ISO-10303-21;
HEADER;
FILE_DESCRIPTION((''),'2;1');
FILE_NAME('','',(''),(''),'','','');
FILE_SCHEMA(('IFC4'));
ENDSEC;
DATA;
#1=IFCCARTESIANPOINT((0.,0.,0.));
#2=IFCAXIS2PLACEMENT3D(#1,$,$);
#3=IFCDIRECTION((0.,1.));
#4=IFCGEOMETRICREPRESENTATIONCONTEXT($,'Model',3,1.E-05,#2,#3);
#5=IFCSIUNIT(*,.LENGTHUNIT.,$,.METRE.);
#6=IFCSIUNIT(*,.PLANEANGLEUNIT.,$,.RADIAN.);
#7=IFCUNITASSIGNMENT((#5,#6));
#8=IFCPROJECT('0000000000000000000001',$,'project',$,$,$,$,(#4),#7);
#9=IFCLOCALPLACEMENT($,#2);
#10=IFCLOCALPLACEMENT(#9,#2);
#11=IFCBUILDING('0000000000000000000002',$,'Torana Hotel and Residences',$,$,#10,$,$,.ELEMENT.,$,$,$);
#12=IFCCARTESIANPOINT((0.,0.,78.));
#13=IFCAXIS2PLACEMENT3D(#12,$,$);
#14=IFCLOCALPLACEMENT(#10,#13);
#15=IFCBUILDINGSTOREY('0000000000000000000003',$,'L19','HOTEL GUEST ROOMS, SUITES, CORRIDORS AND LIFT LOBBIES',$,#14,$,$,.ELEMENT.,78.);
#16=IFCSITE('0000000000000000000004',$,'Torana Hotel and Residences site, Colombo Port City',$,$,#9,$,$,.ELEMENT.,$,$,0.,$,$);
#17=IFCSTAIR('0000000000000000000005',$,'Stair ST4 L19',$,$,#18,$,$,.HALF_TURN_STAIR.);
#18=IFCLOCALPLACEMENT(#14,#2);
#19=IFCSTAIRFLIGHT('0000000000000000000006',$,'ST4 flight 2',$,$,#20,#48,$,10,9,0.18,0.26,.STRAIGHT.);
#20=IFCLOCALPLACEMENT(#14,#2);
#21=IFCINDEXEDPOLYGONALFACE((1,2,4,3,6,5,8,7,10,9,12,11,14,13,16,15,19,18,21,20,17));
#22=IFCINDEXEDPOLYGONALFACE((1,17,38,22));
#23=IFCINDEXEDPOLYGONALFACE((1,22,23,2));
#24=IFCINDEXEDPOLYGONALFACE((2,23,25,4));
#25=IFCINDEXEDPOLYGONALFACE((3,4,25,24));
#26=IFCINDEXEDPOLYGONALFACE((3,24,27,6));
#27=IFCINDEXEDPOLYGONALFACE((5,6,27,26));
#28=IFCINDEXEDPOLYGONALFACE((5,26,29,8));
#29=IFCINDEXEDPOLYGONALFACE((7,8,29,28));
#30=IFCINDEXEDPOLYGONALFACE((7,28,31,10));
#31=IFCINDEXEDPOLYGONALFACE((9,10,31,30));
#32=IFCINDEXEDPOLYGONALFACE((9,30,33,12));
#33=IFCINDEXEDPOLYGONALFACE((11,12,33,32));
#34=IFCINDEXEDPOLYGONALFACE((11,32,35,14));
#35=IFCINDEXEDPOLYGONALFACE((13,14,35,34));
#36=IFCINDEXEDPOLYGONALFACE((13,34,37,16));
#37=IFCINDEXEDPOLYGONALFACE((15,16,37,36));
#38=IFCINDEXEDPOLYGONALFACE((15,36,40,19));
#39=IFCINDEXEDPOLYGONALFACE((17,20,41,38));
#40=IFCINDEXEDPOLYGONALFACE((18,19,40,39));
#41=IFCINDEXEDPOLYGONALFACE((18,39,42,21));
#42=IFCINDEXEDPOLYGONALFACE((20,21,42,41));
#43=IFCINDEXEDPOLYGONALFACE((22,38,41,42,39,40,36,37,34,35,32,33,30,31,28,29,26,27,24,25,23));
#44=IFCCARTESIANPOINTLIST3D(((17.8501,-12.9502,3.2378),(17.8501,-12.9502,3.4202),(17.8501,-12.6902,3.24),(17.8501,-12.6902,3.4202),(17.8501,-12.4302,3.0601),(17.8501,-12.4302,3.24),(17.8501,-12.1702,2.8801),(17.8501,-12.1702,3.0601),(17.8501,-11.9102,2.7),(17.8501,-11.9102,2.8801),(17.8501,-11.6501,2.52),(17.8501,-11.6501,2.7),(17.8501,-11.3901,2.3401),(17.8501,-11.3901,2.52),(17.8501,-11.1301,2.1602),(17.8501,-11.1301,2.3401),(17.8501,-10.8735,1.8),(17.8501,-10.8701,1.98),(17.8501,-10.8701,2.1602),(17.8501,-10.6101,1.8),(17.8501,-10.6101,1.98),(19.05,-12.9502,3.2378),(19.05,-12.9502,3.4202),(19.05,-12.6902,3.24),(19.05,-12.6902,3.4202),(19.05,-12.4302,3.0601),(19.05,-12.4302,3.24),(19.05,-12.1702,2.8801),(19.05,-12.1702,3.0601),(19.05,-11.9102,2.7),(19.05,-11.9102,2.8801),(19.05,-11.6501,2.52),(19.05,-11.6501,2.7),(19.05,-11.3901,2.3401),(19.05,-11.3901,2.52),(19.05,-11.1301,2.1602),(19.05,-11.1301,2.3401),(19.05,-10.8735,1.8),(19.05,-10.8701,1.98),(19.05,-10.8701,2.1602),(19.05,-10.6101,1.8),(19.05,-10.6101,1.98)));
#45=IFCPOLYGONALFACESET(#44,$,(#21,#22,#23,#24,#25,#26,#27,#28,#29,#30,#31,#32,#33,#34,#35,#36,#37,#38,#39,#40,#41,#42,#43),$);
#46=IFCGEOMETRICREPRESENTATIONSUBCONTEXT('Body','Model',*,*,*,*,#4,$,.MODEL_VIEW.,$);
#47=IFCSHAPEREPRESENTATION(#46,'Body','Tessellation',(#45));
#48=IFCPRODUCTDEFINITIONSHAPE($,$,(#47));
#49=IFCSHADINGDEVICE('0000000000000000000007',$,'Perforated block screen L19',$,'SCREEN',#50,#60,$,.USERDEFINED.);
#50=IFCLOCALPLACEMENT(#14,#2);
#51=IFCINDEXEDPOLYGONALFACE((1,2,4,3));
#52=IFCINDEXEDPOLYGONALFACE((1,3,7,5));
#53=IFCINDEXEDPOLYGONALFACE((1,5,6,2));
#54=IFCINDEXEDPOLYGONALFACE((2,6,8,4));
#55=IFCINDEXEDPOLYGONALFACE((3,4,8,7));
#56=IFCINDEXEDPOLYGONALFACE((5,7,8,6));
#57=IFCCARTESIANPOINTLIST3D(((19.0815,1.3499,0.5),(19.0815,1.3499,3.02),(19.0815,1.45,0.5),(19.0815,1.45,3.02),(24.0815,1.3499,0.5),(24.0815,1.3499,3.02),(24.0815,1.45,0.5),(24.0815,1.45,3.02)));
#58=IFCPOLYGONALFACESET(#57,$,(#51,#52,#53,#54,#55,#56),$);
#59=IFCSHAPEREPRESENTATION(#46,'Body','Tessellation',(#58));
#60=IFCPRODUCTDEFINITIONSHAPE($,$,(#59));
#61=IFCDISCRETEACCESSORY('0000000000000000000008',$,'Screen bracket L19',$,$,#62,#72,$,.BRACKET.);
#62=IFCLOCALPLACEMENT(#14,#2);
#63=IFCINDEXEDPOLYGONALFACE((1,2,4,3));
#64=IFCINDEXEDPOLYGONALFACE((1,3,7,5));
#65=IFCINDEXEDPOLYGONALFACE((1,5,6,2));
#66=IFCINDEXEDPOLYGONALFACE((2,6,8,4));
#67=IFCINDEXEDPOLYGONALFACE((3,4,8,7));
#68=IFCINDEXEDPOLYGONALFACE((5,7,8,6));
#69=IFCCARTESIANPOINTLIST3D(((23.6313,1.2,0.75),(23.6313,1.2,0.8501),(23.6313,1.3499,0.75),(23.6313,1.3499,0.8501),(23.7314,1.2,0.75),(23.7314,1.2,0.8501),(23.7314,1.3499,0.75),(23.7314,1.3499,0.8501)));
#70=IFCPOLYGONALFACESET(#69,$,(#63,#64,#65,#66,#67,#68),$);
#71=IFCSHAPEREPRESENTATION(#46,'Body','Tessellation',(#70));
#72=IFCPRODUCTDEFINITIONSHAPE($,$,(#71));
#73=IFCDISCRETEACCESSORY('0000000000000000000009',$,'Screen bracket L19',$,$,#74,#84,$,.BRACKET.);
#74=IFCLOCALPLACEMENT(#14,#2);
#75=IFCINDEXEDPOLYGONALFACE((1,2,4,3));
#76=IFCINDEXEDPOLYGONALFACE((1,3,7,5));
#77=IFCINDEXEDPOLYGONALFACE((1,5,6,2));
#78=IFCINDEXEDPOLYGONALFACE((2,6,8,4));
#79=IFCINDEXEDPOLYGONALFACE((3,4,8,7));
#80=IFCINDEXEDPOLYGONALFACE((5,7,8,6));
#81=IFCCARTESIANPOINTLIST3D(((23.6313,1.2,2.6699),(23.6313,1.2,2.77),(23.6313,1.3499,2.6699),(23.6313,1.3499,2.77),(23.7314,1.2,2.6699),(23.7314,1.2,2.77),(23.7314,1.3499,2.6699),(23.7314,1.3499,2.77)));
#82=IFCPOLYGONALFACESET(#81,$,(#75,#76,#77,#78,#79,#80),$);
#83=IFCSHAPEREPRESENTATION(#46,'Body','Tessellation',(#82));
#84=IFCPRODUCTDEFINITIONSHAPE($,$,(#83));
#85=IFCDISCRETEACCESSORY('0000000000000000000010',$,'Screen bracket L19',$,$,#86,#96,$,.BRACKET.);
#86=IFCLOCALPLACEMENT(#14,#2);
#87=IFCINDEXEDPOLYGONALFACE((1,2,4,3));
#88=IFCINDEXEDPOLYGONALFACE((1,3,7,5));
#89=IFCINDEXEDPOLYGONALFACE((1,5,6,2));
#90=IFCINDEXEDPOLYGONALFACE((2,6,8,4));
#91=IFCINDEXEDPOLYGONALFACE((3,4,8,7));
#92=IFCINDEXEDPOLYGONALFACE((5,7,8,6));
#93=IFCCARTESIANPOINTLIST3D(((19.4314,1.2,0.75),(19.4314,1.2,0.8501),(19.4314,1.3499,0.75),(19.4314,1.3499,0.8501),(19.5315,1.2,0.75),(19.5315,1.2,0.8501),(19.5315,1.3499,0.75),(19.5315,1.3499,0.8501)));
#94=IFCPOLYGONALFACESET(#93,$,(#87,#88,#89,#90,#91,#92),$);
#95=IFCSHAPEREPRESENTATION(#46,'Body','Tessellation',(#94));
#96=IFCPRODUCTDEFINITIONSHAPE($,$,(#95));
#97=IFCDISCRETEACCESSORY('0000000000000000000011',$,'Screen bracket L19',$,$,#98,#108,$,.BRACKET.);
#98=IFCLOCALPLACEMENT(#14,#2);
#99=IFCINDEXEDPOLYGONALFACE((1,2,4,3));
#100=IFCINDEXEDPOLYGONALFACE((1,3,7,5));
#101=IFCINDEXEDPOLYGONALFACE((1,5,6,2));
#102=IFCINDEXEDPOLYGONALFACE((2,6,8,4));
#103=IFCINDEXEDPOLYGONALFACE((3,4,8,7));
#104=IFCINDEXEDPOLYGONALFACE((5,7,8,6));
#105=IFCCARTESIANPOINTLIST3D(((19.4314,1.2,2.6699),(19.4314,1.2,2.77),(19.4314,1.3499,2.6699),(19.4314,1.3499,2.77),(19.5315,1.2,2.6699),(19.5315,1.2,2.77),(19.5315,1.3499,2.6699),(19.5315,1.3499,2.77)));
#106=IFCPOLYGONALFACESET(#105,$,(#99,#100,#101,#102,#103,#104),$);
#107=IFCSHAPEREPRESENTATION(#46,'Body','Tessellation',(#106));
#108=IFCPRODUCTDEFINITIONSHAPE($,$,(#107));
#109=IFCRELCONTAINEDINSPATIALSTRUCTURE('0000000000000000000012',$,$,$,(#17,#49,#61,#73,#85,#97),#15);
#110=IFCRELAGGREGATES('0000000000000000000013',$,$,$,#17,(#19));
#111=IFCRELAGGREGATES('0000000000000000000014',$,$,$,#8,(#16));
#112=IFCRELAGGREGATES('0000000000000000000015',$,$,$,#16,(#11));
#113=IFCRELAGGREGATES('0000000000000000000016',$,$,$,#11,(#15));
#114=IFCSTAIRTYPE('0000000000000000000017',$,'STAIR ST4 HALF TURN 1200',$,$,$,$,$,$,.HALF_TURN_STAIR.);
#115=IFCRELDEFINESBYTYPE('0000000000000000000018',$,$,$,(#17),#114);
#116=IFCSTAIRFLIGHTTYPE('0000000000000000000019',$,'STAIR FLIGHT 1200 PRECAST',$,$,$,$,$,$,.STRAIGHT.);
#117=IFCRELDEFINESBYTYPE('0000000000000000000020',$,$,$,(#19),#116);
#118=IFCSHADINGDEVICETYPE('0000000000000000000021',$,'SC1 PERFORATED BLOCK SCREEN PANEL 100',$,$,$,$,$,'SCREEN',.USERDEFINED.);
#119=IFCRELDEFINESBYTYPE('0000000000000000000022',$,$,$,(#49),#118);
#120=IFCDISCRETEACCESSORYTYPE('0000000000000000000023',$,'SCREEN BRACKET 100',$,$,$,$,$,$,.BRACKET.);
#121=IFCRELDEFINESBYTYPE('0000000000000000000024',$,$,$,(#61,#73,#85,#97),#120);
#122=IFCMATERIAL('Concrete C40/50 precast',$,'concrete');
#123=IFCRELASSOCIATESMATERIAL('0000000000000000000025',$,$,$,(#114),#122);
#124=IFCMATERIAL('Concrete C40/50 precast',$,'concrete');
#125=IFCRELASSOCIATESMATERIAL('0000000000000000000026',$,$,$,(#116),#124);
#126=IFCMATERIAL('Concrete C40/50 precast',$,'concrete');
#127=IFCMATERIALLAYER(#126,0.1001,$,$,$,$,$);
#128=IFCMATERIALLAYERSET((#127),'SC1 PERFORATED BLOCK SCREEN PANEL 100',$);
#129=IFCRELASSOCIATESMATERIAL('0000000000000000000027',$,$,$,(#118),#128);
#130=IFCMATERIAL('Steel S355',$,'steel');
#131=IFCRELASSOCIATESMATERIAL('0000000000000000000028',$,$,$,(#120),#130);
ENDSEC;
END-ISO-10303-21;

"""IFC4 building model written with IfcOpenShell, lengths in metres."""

from ifc_helpers import new_model, si_unit, direction, frame, origin, origin_2d, place, context, subcontext, project, spatial, polyline, rectangle, outline, extrude, material, layer, layer_set, type_object, element, aggregate, save


model = new_model("IFC4")

# Units and contexts
model_context = context("Model", 3, precision=1e-05, world=origin(), true_north=direction((0.0, 1.0)))
body_context = subcontext(model_context, "Body", "Model", "MODEL_VIEW")
ifc_project = project(units=[si_unit("LENGTHUNIT", "METRE"), si_unit("PLANEANGLEUNIT", "RADIAN")], contexts=[model_context])

# Site, building, storey
site_placement = place(None, origin())
site = spatial("IfcSite", under=ifc_project, at=site_placement, Name="Torana Hotel and Residences site, Colombo Port City", CompositionType="ELEMENT", RefElevation=0.0)
building_placement = place(site_placement, origin())
building = spatial("IfcBuilding", under=site, at=building_placement, Name="Torana Hotel and Residences", CompositionType="ELEMENT")
storey_placement = place(building_placement, frame((0.0, 0.0, 78.0)))
storey = spatial("IfcBuildingStorey", under=building, at=storey_placement, Name="L19", Description="HOTEL GUEST ROOMS, SUITES, CORRIDORS AND LIFT LOBBIES", CompositionType="ELEMENT", Elevation=78.0)

# Stair, stair flight
ifc_material_1 = material(Name="Concrete C40/50 precast", Category="concrete")
stair_type = type_object("IfcStairType", Name="STAIR ST4 HALF TURN 1200", PredefinedType="HALF_TURN_STAIR", material=ifc_material_1)
stair_placement = place(storey_placement, origin())
stair = element("IfcStair", 1, at=stair_placement, inside=storey, type_object=stair_type, Name="Stair ST4 L19", PredefinedType="HALF_TURN_STAIR")
ifc_material_2 = material(Name="Concrete C40/50 precast", Category="concrete")
stair_flight_type = type_object("IfcStairFlightType", Name="STAIR FLIGHT 1200 PRECAST", PredefinedType="STRAIGHT", material=ifc_material_2)
stair_flight_1_placement = place(storey_placement, frame((18.45, -10.6101, 1.8), z_axis=(0.0, 0.0, 1.0), x_axis=(0.0, -1.0, 0.0)))
stair_flight_1 = element("IfcStairFlight", 2, at=stair_flight_1_placement, type_object=stair_flight_type, Name="ST4 flight 2", NumberOfRisers=10, NumberOfTreads=9, PredefinedType="STRAIGHT", RiserHeight=0.18, TreadLength=0.26, context=body_context, shape_type="SweptSolid", body=[
    extrude(outline(polyline([(0.0, 0.0), (0.0, 0.1799), (0.26, 0.1799), (0.26, 0.3601), (0.52, 0.3601), (0.52, 0.54), (0.78, 0.54), (0.78, 0.72), (1.04, 0.72), (1.04, 0.8999), (1.3, 0.8999), (1.3, 1.0801), (1.5601, 1.0801), (1.5601, 1.26), (1.8201, 1.26), (1.8201, 1.4399), (2.0801, 1.4399), (2.0801, 1.6201), (2.3401, 1.6201), (2.3401, 1.8), (2.3401, 1.4377), (0.2634, 0.0), (0.0, 0.0)])), frame((0.0, 0.6001, 0.0), z_axis=(0.0, -1.0, 0.0), x_axis=(1.0, 0.0, 0.0)), (0.0, 0.0, 1.0), 1.2),
])
aggregate(stair, [stair_flight_1])

# Shading device
ifc_material_3 = material(Name="Concrete C40/50 precast", Category="concrete")
ifc_layer_1 = layer(ifc_material_3, 0.1001)
ifc_layer_set_1 = layer_set([ifc_layer_1], Name="SC1 PERFORATED BLOCK SCREEN PANEL 100")
shading_device_type = type_object("IfcShadingDeviceType", Name="SC1 PERFORATED BLOCK SCREEN PANEL 100", ElementType="SCREEN", PredefinedType="USERDEFINED", material=ifc_layer_set_1)
shading_device_placement = place(storey_placement, frame((21.5815, 1.3999, 0.5), z_axis=(0.0, 0.0, 1.0), x_axis=(-1.0, 0.0, 0.0)))
element("IfcShadingDevice", 3, at=shading_device_placement, inside=storey, type_object=shading_device_type, Name="Perforated block screen L19", ObjectType="SCREEN", PredefinedType="USERDEFINED", context=body_context, shape_type="SweptSolid", body=[
    extrude(rectangle(XDim=5.0, YDim=0.1001, at=origin_2d()), origin(), (0.0, 0.0, 1.0), 2.52),
])

# Discrete accessories
ifc_material_4 = material(Name="Steel S355", Category="steel")
discrete_accessory_type = type_object("IfcDiscreteAccessoryType", Name="SCREEN BRACKET 100", PredefinedType="BRACKET", material=ifc_material_4)
for number, where, z_axis, x_axis, name in (
    (4, (23.6814, 1.2749, 0.75), (0.0, 0.0, 1.0), (-1.0, 0.0, 0.0), "Screen bracket L19"),
    (5, (23.6814, 1.2749, 2.6699), (0.0, 0.0, 1.0), (-1.0, 0.0, 0.0), "Screen bracket L19"),
    (6, (19.4814, 1.2749, 0.75), (0.0, 0.0, 1.0), (-1.0, 0.0, 0.0), "Screen bracket L19"),
    (7, (19.4814, 1.2749, 2.6699), (0.0, 0.0, 1.0), (-1.0, 0.0, 0.0), "Screen bracket L19"),
):
    element("IfcDiscreteAccessory", number, at=place(storey_placement, frame(where, z_axis=z_axis, x_axis=x_axis)), inside=storey, type_object=discrete_accessory_type, Name=name, PredefinedType="BRACKET", context=body_context, shape_type="SweptSolid", body=[
        extrude(rectangle(XDim=0.1001, YDim=0.1499, at=origin_2d()), origin(), (0.0, 0.0, 1.0), 0.1001),
    ])

save(model, "model.ifc")
